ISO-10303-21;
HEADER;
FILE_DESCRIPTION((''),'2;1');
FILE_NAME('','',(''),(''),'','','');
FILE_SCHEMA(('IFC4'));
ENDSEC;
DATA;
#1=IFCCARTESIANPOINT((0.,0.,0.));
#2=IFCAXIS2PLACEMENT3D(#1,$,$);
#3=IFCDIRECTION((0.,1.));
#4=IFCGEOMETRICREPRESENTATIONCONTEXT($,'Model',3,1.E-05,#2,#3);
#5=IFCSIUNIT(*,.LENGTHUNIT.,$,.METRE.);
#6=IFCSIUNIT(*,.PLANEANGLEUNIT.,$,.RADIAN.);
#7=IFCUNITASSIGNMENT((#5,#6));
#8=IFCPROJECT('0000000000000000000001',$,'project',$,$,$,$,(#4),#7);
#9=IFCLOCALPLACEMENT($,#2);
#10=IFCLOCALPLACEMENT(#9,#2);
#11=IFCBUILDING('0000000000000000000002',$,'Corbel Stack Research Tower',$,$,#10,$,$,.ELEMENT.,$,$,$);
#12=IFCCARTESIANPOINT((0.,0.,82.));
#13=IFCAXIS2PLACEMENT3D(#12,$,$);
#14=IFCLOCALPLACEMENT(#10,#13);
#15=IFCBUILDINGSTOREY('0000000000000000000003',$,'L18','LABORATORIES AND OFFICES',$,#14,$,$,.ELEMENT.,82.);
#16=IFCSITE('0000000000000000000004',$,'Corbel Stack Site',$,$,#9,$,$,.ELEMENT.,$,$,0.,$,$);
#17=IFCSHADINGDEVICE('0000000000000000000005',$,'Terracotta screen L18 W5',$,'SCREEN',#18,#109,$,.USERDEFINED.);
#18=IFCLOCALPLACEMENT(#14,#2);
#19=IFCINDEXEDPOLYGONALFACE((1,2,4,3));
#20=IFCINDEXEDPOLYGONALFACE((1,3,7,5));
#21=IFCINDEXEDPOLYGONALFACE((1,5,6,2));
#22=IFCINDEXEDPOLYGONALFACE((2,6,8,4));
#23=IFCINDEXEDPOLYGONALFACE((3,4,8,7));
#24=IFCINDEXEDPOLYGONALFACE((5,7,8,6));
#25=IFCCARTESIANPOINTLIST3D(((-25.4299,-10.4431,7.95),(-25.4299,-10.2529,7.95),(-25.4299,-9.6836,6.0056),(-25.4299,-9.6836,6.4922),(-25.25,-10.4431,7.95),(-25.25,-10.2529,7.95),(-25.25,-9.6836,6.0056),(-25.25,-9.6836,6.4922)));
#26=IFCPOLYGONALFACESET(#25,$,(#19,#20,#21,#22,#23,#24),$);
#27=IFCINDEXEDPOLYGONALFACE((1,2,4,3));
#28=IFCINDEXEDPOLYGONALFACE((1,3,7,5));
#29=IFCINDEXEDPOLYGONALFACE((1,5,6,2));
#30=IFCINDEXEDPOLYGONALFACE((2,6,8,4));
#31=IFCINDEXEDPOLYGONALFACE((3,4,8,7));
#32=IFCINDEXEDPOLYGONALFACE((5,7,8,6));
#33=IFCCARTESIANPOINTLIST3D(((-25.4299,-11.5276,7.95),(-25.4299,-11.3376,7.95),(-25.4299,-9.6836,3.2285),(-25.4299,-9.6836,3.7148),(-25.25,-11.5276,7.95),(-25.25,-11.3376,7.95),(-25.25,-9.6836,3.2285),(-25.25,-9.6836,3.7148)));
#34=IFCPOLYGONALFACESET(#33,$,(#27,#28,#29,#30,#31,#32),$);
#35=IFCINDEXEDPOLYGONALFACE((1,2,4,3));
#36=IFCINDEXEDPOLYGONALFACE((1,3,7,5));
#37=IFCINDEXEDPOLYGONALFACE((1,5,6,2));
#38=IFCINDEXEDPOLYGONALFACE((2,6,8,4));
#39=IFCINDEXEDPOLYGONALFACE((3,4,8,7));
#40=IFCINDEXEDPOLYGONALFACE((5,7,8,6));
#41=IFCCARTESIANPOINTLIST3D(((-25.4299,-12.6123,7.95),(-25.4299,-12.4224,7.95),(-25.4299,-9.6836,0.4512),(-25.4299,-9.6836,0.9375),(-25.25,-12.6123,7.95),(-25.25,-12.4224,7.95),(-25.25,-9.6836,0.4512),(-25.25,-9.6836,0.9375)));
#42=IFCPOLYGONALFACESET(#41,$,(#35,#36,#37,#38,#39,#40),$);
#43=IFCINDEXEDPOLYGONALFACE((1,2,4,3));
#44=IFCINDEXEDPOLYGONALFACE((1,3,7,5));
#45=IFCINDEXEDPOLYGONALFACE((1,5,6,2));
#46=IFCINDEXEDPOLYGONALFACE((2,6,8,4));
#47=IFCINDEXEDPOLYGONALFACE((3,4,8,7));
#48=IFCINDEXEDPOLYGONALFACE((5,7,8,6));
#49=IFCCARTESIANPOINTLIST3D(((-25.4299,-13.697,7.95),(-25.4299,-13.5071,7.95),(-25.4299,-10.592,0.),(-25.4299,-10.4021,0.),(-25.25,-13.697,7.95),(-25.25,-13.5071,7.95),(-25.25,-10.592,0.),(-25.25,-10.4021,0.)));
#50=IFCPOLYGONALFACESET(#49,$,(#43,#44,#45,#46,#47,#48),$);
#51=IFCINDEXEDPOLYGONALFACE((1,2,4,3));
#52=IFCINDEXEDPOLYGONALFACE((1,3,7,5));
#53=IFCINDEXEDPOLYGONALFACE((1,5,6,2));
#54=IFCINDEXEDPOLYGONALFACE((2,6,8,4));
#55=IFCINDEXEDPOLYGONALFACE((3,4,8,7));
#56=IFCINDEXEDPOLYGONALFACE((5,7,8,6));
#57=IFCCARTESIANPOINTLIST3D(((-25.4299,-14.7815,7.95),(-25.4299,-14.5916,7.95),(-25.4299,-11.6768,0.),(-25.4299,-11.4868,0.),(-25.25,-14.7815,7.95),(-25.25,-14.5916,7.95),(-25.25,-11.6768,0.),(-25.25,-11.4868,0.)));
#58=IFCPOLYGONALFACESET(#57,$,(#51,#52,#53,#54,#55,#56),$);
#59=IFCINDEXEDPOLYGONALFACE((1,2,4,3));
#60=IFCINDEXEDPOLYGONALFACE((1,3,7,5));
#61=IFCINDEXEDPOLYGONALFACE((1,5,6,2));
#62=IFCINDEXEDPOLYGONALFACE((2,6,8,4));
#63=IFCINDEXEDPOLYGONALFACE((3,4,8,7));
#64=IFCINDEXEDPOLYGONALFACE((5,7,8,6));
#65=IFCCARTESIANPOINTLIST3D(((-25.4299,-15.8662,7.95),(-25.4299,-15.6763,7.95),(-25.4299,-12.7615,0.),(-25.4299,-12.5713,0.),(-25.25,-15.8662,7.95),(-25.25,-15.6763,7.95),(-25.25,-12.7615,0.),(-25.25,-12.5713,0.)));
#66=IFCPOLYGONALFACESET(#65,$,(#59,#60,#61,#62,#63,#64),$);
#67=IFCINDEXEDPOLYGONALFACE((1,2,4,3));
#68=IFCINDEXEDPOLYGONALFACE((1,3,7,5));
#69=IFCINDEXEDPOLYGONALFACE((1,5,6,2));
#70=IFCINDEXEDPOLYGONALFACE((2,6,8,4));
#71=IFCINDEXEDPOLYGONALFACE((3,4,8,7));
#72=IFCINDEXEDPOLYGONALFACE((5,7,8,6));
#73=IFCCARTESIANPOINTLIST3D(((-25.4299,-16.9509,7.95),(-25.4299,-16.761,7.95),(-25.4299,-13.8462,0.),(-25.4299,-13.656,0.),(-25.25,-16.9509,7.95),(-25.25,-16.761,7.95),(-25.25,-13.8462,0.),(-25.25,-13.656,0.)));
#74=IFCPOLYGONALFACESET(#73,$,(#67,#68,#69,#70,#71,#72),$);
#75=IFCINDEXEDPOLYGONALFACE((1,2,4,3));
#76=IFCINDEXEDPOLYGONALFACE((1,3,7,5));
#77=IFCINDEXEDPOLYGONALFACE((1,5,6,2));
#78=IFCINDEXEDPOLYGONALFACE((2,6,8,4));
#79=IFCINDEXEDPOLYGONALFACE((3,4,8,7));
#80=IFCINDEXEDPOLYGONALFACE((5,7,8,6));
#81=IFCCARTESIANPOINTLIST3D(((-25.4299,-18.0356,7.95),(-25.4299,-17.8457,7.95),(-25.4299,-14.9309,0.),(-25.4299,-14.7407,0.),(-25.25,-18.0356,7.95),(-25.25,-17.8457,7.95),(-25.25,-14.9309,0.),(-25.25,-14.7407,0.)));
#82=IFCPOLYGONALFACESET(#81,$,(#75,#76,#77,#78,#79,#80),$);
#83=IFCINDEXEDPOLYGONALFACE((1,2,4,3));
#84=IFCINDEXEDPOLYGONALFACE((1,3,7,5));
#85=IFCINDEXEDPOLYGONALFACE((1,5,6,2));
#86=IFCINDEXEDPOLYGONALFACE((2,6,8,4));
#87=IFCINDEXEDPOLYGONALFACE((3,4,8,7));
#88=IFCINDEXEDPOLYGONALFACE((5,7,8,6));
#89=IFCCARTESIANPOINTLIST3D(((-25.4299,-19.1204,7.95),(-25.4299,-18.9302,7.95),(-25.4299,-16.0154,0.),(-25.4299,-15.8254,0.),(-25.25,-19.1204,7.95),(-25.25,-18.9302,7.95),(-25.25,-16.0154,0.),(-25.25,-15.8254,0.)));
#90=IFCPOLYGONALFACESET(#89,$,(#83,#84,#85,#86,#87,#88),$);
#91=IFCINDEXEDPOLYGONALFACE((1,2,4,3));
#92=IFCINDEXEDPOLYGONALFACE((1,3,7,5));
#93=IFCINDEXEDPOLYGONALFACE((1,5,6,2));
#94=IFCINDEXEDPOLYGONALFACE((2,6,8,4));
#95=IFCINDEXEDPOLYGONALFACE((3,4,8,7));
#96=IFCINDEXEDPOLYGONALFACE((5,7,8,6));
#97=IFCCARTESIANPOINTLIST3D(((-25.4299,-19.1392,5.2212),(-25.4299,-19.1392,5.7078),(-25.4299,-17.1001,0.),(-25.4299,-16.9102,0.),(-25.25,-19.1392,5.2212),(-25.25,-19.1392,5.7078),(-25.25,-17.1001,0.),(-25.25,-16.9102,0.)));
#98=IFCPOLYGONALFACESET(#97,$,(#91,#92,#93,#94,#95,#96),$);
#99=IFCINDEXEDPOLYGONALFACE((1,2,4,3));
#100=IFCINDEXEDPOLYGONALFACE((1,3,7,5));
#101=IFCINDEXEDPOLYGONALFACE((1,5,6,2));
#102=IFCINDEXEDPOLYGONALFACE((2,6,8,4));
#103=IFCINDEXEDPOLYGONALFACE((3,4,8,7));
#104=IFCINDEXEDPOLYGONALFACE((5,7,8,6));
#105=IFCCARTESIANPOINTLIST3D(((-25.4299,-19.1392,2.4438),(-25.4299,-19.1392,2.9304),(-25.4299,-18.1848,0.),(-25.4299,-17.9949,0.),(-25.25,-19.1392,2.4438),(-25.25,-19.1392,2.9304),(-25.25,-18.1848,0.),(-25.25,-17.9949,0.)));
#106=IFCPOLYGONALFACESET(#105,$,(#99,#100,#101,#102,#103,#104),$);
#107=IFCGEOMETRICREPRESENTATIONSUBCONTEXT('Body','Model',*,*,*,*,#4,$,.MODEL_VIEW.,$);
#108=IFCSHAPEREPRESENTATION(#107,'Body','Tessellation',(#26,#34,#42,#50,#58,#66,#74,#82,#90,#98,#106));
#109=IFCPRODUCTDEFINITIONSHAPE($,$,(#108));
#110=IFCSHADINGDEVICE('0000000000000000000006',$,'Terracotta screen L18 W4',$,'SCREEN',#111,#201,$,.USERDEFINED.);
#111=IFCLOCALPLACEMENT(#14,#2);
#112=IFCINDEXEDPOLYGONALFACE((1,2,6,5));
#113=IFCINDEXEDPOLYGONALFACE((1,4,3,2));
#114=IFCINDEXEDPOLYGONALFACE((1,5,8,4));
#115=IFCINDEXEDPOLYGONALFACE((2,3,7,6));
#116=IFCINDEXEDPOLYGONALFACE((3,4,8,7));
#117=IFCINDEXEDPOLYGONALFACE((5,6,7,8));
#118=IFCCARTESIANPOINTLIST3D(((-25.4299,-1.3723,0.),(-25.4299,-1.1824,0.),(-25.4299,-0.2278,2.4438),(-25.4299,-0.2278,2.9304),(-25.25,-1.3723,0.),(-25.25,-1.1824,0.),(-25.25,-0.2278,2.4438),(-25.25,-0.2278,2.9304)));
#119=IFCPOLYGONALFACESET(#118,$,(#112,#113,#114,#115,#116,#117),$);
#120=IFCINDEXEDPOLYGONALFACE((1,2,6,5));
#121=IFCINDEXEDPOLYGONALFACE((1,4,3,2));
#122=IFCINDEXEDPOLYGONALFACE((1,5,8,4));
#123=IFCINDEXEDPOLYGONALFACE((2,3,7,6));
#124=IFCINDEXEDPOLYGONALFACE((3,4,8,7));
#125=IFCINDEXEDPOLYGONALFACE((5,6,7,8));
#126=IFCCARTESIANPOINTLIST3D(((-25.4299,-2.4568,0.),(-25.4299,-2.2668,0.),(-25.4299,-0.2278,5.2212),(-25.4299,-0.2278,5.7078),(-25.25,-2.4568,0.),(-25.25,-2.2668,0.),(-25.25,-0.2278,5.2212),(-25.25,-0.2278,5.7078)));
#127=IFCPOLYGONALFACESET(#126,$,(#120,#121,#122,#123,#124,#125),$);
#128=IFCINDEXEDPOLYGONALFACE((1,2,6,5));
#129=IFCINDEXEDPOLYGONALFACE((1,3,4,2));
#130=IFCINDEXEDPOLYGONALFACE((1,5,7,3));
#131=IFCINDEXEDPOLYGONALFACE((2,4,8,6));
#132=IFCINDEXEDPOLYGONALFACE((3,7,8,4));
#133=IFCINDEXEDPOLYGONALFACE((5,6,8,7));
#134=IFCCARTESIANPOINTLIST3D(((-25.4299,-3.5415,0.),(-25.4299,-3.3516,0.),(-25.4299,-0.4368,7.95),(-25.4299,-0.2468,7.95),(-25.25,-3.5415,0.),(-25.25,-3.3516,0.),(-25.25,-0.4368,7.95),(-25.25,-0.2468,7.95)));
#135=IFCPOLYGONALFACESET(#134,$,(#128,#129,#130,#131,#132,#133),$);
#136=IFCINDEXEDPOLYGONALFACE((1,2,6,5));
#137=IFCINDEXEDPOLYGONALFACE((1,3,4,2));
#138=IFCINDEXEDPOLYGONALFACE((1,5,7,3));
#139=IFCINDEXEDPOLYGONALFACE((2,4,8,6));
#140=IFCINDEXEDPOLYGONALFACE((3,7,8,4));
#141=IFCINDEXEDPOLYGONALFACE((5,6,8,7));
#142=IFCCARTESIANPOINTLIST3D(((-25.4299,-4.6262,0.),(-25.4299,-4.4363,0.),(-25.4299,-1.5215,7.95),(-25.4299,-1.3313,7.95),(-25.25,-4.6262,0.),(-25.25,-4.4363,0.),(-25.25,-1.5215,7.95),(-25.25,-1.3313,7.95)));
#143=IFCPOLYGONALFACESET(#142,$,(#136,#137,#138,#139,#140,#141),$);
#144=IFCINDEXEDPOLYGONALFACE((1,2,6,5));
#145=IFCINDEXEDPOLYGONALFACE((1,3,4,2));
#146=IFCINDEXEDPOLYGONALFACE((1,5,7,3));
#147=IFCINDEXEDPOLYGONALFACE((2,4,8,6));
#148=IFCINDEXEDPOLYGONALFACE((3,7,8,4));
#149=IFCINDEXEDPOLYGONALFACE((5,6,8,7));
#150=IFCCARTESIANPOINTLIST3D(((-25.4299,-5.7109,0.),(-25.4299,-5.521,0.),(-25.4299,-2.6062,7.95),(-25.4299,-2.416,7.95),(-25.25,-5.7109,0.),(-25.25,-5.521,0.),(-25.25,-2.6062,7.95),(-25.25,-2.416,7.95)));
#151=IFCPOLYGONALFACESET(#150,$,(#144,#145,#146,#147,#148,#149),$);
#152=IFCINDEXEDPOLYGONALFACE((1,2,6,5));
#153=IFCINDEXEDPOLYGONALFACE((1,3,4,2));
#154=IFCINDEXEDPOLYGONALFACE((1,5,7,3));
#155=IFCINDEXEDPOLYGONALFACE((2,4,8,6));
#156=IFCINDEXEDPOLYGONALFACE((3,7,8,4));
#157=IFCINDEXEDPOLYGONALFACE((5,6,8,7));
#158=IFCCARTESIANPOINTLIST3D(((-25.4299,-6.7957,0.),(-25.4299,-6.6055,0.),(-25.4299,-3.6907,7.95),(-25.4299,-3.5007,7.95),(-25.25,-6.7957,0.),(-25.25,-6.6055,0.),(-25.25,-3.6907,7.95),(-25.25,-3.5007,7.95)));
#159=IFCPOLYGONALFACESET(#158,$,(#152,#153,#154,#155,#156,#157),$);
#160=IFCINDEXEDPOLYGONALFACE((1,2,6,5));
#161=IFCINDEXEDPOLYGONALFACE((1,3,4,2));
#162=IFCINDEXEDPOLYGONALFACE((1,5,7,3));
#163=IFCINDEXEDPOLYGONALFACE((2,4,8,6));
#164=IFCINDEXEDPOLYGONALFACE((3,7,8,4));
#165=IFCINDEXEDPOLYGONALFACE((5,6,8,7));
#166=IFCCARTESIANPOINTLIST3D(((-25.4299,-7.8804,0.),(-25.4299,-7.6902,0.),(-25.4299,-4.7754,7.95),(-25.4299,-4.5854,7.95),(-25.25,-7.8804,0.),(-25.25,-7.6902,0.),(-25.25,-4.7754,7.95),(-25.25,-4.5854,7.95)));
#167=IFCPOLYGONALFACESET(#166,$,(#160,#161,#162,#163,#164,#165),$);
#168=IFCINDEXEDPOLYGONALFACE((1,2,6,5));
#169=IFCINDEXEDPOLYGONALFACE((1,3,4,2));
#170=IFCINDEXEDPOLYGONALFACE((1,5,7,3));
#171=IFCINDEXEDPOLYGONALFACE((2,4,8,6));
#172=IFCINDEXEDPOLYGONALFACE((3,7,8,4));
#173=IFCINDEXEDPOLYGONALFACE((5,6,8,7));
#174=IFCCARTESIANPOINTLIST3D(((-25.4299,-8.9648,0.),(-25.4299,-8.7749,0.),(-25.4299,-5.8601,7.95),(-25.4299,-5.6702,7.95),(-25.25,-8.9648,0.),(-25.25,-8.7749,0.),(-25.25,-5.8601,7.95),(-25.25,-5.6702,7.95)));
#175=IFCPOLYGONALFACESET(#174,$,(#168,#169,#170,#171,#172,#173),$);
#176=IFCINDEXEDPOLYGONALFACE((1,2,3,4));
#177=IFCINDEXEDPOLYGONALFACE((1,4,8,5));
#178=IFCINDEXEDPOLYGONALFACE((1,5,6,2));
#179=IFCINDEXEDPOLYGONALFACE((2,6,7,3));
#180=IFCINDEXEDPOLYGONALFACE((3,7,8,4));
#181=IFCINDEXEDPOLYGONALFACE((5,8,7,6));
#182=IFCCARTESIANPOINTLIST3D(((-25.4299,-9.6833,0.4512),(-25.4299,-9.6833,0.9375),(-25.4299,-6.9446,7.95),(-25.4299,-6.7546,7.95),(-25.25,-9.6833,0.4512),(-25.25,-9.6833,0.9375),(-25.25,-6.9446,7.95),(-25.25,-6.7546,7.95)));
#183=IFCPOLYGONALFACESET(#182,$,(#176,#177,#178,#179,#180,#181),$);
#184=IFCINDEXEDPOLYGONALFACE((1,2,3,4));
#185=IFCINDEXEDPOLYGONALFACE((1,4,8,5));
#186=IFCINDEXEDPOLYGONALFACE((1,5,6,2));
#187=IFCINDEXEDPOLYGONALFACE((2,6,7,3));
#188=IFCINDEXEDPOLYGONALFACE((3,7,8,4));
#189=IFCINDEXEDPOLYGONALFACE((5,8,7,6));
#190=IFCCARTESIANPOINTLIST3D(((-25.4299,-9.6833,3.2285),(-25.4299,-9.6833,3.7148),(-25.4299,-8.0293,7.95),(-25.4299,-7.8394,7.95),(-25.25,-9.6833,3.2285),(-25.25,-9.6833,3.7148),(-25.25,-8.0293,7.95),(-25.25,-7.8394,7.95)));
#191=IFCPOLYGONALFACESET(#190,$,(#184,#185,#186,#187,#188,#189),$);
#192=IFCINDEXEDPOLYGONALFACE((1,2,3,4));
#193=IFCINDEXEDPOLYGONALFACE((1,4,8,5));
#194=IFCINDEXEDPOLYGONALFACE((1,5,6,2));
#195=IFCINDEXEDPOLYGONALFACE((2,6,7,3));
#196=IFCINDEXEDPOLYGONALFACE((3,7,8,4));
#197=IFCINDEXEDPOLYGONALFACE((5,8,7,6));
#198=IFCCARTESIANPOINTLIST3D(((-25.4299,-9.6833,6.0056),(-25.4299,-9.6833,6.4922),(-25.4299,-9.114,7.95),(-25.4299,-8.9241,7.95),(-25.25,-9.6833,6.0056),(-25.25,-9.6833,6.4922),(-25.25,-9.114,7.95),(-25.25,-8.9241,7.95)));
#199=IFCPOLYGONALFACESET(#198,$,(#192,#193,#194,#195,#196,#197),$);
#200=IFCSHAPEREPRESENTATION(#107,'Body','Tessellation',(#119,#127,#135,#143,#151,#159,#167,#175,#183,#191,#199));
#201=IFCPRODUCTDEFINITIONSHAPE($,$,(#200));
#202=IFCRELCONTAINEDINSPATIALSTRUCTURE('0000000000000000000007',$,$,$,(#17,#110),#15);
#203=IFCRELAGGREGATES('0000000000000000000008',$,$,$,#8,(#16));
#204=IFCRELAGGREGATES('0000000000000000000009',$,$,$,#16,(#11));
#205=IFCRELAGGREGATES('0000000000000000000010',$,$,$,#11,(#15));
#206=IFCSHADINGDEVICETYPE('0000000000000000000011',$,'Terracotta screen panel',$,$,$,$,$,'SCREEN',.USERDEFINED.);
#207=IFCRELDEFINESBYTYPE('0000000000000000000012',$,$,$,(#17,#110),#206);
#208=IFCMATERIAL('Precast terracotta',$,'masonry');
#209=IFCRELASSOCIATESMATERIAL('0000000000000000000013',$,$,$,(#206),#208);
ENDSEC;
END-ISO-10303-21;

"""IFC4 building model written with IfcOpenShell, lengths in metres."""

from ifc_helpers import new_model, si_unit, direction, frame, origin, place, context, subcontext, project, spatial, polyline, outline, extrude, source, transform, mapped, material, type_object, element, save


model = new_model("IFC4")

# Units and contexts
model_context = context("Model", 3, precision=1e-05, world=origin(), true_north=direction((0.0, 1.0)))
body_context = subcontext(model_context, "Body", "Model", "MODEL_VIEW")
ifc_project = project(units=[si_unit("LENGTHUNIT", "METRE"), si_unit("PLANEANGLEUNIT", "RADIAN")], contexts=[model_context])

# Site, building, storey
site_placement = place(None, origin())
site = spatial("IfcSite", under=ifc_project, at=site_placement, Name="Corbel Stack Site", CompositionType="ELEMENT", RefElevation=0.0)
building_placement = place(site_placement, origin())
building = spatial("IfcBuilding", under=site, at=building_placement, Name="Corbel Stack Research Tower", CompositionType="ELEMENT")
storey_placement = place(building_placement, frame((0.0, 0.0, 82.0)))
storey = spatial("IfcBuildingStorey", under=building, at=storey_placement, Name="L18", Description="LABORATORIES AND OFFICES", CompositionType="ELEMENT", Elevation=82.0)

# Shading devices
ifc_material_1 = material(Name="Precast terracotta", Category="masonry")
shading_device_type = type_object("IfcShadingDeviceType", Name="Terracotta screen panel", ElementType="SCREEN", PredefinedType="USERDEFINED", material=ifc_material_1)
shared_shape_1 = source(origin(), body_context, "Body", "SweptSolid", [
    extrude(outline(polyline([(0.7595, 7.95), (0.5693, 7.95), (0.0, 6.4922), (0.0, 6.0056), (0.7595, 7.95)])), frame((0.0, 0.0, 0.0), z_axis=(0.0, -1.0, 0.0), x_axis=(1.0, 0.0, 0.0)), (0.0, 0.0, 1.0), 0.1799),
    extrude(outline(polyline([(1.844, 7.95), (1.6541, 7.95), (0.0, 3.7148), (0.0, 3.2285), (1.844, 7.95)])), frame((0.0, 0.0, 0.0), z_axis=(0.0, -1.0, 0.0), x_axis=(1.0, 0.0, 0.0)), (0.0, 0.0, 1.0), 0.1799),
    extrude(outline(polyline([(2.9287, 7.95), (2.7388, 7.95), (0.0, 0.9375), (0.0, 0.4512), (2.9287, 7.95)])), frame((0.0, 0.0, 0.0), z_axis=(0.0, -1.0, 0.0), x_axis=(1.0, 0.0, 0.0)), (0.0, 0.0, 1.0), 0.1799),
    extrude(outline(polyline([(0.9084, 0.0), (4.0134, 7.95), (3.8235, 7.95), (0.7185, 0.0), (0.9084, 0.0)])), frame((0.0, 0.0, 0.0), z_axis=(0.0, -1.0, 0.0), x_axis=(1.0, 0.0, 0.0)), (0.0, 0.0, 1.0), 0.1799),
    extrude(outline(polyline([(1.9932, 0.0), (5.0979, 7.95), (4.908, 7.95), (1.8032, 0.0), (1.9932, 0.0)])), frame((0.0, 0.0, 0.0), z_axis=(0.0, -1.0, 0.0), x_axis=(1.0, 0.0, 0.0)), (0.0, 0.0, 1.0), 0.1799),
    extrude(outline(polyline([(3.0779, 0.0), (6.1826, 7.95), (5.9927, 7.95), (2.8877, 0.0), (3.0779, 0.0)])), frame((0.0, 0.0, 0.0), z_axis=(0.0, -1.0, 0.0), x_axis=(1.0, 0.0, 0.0)), (0.0, 0.0, 1.0), 0.1799),
    extrude(outline(polyline([(4.1626, 0.0), (7.2673, 7.95), (7.0774, 7.95), (3.9724, 0.0), (4.1626, 0.0)])), frame((0.0, 0.0, 0.0), z_axis=(0.0, -1.0, 0.0), x_axis=(1.0, 0.0, 0.0)), (0.0, 0.0, 1.0), 0.1799),
    extrude(outline(polyline([(5.2473, 0.0), (8.3521, 7.95), (8.1621, 7.95), (5.0571, 0.0), (5.2473, 0.0)])), frame((0.0, 0.0, 0.0), z_axis=(0.0, -1.0, 0.0), x_axis=(1.0, 0.0, 0.0)), (0.0, 0.0, 1.0), 0.1799),
    extrude(outline(polyline([(6.3318, 0.0), (9.4368, 7.95), (9.2466, 7.95), (6.1418, 0.0), (6.3318, 0.0)])), frame((0.0, 0.0, 0.0), z_axis=(0.0, -1.0, 0.0), x_axis=(1.0, 0.0, 0.0)), (0.0, 0.0, 1.0), 0.1799),
    extrude(outline(polyline([(7.4165, 0.0), (9.4556, 5.2212), (9.4556, 5.7078), (7.2266, 0.0), (7.4165, 0.0)])), frame((0.0, 0.0, 0.0), z_axis=(0.0, -1.0, 0.0), x_axis=(1.0, 0.0, 0.0)), (0.0, 0.0, 1.0), 0.1799),
    extrude(outline(polyline([(8.5012, 0.0), (9.4556, 2.4438), (9.4556, 2.9304), (8.3113, 0.0), (8.5012, 0.0)])), frame((0.0, 0.0, 0.0), z_axis=(0.0, -1.0, 0.0), x_axis=(1.0, 0.0, 0.0)), (0.0, 0.0, 1.0), 0.1799),
])
shading_device_1_placement = place(storey_placement, frame((-25.25, -9.6836, 0.0), z_axis=(0.0, 0.0, 1.0), x_axis=(0.0, -1.0, 0.0)))
element("IfcShadingDevice", 1, at=shading_device_1_placement, inside=storey, type_object=shading_device_type, Name="Terracotta screen L18 W5", ObjectType="SCREEN", PredefinedType="USERDEFINED", context=body_context, shape_type="MappedRepresentation", body=[
    mapped(shared_shape_1, transform((0.0, 0.0, 0.0))),
])
shared_shape_2 = source(origin(), body_context, "Body", "SweptSolid", [
    extrude(outline(polyline([(1.1445, 0.0), (0.0, 2.9304), (0.0, 2.4438), (0.9546, 0.0), (1.1445, 0.0)])), frame((0.0, 0.0, 0.0), z_axis=(0.0, -1.0, 0.0), x_axis=(1.0, 0.0, 0.0)), (0.0, 0.0, 1.0), 0.1799),
    extrude(outline(polyline([(2.229, 0.0), (0.0, 5.7078), (0.0, 5.2212), (2.0391, 0.0), (2.229, 0.0)])), frame((0.0, 0.0, 0.0), z_axis=(0.0, -1.0, 0.0), x_axis=(1.0, 0.0, 0.0)), (0.0, 0.0, 1.0), 0.1799),
    extrude(outline(polyline([(3.3137, 0.0), (0.209, 7.95), (0.019, 7.95), (3.1238, 0.0), (3.3137, 0.0)])), frame((0.0, 0.0, 0.0), z_axis=(0.0, -1.0, 0.0), x_axis=(1.0, 0.0, 0.0)), (0.0, 0.0, 1.0), 0.1799),
    extrude(outline(polyline([(4.3984, 0.0), (1.2937, 7.95), (1.1035, 7.95), (4.2085, 0.0), (4.3984, 0.0)])), frame((0.0, 0.0, 0.0), z_axis=(0.0, -1.0, 0.0), x_axis=(1.0, 0.0, 0.0)), (0.0, 0.0, 1.0), 0.1799),
    extrude(outline(polyline([(5.4832, 0.0), (2.3784, 7.95), (2.1882, 7.95), (5.2932, 0.0), (5.4832, 0.0)])), frame((0.0, 0.0, 0.0), z_axis=(0.0, -1.0, 0.0), x_axis=(1.0, 0.0, 0.0)), (0.0, 0.0, 1.0), 0.1799),
    extrude(outline(polyline([(6.5679, 0.0), (3.4629, 7.95), (3.2729, 7.95), (6.3777, 0.0), (6.5679, 0.0)])), frame((0.0, 0.0, 0.0), z_axis=(0.0, -1.0, 0.0), x_axis=(1.0, 0.0, 0.0)), (0.0, 0.0, 1.0), 0.1799),
    extrude(outline(polyline([(7.6526, 0.0), (4.5476, 7.95), (4.3577, 7.95), (7.4624, 0.0), (7.6526, 0.0)])), frame((0.0, 0.0, 0.0), z_axis=(0.0, -1.0, 0.0), x_axis=(1.0, 0.0, 0.0)), (0.0, 0.0, 1.0), 0.1799),
    extrude(outline(polyline([(8.7371, 0.0), (5.6323, 7.95), (5.4424, 7.95), (8.5471, 0.0), (8.7371, 0.0)])), frame((0.0, 0.0, 0.0), z_axis=(0.0, -1.0, 0.0), x_axis=(1.0, 0.0, 0.0)), (0.0, 0.0, 1.0), 0.1799),
    extrude(outline(polyline([(6.7168, 7.95), (6.5269, 7.95), (9.4556, 0.4512), (9.4556, 0.9375), (6.7168, 7.95)])), frame((0.0, 0.0, 0.0), z_axis=(0.0, -1.0, 0.0), x_axis=(1.0, 0.0, 0.0)), (0.0, 0.0, 1.0), 0.1799),
    extrude(outline(polyline([(7.8015, 7.95), (7.6116, 7.95), (9.4556, 3.2285), (9.4556, 3.7148), (7.8015, 7.95)])), frame((0.0, 0.0, 0.0), z_axis=(0.0, -1.0, 0.0), x_axis=(1.0, 0.0, 0.0)), (0.0, 0.0, 1.0), 0.1799),
    extrude(outline(polyline([(8.8862, 7.95), (8.6963, 7.95), (9.4556, 6.0056), (9.4556, 6.4922), (8.8862, 7.95)])), frame((0.0, 0.0, 0.0), z_axis=(0.0, -1.0, 0.0), x_axis=(1.0, 0.0, 0.0)), (0.0, 0.0, 1.0), 0.1799),
])
shading_device_2_placement = place(storey_placement, frame((-25.25, -0.2278, 0.0), z_axis=(0.0, 0.0, 1.0), x_axis=(0.0, -1.0, 0.0)))
element("IfcShadingDevice", 2, at=shading_device_2_placement, inside=storey, type_object=shading_device_type, Name="Terracotta screen L18 W4", ObjectType="SCREEN", PredefinedType="USERDEFINED", context=body_context, shape_type="MappedRepresentation", body=[
    mapped(shared_shape_2, transform((0.0, 0.0, 0.0))),
])

save(model, "model.ifc")
